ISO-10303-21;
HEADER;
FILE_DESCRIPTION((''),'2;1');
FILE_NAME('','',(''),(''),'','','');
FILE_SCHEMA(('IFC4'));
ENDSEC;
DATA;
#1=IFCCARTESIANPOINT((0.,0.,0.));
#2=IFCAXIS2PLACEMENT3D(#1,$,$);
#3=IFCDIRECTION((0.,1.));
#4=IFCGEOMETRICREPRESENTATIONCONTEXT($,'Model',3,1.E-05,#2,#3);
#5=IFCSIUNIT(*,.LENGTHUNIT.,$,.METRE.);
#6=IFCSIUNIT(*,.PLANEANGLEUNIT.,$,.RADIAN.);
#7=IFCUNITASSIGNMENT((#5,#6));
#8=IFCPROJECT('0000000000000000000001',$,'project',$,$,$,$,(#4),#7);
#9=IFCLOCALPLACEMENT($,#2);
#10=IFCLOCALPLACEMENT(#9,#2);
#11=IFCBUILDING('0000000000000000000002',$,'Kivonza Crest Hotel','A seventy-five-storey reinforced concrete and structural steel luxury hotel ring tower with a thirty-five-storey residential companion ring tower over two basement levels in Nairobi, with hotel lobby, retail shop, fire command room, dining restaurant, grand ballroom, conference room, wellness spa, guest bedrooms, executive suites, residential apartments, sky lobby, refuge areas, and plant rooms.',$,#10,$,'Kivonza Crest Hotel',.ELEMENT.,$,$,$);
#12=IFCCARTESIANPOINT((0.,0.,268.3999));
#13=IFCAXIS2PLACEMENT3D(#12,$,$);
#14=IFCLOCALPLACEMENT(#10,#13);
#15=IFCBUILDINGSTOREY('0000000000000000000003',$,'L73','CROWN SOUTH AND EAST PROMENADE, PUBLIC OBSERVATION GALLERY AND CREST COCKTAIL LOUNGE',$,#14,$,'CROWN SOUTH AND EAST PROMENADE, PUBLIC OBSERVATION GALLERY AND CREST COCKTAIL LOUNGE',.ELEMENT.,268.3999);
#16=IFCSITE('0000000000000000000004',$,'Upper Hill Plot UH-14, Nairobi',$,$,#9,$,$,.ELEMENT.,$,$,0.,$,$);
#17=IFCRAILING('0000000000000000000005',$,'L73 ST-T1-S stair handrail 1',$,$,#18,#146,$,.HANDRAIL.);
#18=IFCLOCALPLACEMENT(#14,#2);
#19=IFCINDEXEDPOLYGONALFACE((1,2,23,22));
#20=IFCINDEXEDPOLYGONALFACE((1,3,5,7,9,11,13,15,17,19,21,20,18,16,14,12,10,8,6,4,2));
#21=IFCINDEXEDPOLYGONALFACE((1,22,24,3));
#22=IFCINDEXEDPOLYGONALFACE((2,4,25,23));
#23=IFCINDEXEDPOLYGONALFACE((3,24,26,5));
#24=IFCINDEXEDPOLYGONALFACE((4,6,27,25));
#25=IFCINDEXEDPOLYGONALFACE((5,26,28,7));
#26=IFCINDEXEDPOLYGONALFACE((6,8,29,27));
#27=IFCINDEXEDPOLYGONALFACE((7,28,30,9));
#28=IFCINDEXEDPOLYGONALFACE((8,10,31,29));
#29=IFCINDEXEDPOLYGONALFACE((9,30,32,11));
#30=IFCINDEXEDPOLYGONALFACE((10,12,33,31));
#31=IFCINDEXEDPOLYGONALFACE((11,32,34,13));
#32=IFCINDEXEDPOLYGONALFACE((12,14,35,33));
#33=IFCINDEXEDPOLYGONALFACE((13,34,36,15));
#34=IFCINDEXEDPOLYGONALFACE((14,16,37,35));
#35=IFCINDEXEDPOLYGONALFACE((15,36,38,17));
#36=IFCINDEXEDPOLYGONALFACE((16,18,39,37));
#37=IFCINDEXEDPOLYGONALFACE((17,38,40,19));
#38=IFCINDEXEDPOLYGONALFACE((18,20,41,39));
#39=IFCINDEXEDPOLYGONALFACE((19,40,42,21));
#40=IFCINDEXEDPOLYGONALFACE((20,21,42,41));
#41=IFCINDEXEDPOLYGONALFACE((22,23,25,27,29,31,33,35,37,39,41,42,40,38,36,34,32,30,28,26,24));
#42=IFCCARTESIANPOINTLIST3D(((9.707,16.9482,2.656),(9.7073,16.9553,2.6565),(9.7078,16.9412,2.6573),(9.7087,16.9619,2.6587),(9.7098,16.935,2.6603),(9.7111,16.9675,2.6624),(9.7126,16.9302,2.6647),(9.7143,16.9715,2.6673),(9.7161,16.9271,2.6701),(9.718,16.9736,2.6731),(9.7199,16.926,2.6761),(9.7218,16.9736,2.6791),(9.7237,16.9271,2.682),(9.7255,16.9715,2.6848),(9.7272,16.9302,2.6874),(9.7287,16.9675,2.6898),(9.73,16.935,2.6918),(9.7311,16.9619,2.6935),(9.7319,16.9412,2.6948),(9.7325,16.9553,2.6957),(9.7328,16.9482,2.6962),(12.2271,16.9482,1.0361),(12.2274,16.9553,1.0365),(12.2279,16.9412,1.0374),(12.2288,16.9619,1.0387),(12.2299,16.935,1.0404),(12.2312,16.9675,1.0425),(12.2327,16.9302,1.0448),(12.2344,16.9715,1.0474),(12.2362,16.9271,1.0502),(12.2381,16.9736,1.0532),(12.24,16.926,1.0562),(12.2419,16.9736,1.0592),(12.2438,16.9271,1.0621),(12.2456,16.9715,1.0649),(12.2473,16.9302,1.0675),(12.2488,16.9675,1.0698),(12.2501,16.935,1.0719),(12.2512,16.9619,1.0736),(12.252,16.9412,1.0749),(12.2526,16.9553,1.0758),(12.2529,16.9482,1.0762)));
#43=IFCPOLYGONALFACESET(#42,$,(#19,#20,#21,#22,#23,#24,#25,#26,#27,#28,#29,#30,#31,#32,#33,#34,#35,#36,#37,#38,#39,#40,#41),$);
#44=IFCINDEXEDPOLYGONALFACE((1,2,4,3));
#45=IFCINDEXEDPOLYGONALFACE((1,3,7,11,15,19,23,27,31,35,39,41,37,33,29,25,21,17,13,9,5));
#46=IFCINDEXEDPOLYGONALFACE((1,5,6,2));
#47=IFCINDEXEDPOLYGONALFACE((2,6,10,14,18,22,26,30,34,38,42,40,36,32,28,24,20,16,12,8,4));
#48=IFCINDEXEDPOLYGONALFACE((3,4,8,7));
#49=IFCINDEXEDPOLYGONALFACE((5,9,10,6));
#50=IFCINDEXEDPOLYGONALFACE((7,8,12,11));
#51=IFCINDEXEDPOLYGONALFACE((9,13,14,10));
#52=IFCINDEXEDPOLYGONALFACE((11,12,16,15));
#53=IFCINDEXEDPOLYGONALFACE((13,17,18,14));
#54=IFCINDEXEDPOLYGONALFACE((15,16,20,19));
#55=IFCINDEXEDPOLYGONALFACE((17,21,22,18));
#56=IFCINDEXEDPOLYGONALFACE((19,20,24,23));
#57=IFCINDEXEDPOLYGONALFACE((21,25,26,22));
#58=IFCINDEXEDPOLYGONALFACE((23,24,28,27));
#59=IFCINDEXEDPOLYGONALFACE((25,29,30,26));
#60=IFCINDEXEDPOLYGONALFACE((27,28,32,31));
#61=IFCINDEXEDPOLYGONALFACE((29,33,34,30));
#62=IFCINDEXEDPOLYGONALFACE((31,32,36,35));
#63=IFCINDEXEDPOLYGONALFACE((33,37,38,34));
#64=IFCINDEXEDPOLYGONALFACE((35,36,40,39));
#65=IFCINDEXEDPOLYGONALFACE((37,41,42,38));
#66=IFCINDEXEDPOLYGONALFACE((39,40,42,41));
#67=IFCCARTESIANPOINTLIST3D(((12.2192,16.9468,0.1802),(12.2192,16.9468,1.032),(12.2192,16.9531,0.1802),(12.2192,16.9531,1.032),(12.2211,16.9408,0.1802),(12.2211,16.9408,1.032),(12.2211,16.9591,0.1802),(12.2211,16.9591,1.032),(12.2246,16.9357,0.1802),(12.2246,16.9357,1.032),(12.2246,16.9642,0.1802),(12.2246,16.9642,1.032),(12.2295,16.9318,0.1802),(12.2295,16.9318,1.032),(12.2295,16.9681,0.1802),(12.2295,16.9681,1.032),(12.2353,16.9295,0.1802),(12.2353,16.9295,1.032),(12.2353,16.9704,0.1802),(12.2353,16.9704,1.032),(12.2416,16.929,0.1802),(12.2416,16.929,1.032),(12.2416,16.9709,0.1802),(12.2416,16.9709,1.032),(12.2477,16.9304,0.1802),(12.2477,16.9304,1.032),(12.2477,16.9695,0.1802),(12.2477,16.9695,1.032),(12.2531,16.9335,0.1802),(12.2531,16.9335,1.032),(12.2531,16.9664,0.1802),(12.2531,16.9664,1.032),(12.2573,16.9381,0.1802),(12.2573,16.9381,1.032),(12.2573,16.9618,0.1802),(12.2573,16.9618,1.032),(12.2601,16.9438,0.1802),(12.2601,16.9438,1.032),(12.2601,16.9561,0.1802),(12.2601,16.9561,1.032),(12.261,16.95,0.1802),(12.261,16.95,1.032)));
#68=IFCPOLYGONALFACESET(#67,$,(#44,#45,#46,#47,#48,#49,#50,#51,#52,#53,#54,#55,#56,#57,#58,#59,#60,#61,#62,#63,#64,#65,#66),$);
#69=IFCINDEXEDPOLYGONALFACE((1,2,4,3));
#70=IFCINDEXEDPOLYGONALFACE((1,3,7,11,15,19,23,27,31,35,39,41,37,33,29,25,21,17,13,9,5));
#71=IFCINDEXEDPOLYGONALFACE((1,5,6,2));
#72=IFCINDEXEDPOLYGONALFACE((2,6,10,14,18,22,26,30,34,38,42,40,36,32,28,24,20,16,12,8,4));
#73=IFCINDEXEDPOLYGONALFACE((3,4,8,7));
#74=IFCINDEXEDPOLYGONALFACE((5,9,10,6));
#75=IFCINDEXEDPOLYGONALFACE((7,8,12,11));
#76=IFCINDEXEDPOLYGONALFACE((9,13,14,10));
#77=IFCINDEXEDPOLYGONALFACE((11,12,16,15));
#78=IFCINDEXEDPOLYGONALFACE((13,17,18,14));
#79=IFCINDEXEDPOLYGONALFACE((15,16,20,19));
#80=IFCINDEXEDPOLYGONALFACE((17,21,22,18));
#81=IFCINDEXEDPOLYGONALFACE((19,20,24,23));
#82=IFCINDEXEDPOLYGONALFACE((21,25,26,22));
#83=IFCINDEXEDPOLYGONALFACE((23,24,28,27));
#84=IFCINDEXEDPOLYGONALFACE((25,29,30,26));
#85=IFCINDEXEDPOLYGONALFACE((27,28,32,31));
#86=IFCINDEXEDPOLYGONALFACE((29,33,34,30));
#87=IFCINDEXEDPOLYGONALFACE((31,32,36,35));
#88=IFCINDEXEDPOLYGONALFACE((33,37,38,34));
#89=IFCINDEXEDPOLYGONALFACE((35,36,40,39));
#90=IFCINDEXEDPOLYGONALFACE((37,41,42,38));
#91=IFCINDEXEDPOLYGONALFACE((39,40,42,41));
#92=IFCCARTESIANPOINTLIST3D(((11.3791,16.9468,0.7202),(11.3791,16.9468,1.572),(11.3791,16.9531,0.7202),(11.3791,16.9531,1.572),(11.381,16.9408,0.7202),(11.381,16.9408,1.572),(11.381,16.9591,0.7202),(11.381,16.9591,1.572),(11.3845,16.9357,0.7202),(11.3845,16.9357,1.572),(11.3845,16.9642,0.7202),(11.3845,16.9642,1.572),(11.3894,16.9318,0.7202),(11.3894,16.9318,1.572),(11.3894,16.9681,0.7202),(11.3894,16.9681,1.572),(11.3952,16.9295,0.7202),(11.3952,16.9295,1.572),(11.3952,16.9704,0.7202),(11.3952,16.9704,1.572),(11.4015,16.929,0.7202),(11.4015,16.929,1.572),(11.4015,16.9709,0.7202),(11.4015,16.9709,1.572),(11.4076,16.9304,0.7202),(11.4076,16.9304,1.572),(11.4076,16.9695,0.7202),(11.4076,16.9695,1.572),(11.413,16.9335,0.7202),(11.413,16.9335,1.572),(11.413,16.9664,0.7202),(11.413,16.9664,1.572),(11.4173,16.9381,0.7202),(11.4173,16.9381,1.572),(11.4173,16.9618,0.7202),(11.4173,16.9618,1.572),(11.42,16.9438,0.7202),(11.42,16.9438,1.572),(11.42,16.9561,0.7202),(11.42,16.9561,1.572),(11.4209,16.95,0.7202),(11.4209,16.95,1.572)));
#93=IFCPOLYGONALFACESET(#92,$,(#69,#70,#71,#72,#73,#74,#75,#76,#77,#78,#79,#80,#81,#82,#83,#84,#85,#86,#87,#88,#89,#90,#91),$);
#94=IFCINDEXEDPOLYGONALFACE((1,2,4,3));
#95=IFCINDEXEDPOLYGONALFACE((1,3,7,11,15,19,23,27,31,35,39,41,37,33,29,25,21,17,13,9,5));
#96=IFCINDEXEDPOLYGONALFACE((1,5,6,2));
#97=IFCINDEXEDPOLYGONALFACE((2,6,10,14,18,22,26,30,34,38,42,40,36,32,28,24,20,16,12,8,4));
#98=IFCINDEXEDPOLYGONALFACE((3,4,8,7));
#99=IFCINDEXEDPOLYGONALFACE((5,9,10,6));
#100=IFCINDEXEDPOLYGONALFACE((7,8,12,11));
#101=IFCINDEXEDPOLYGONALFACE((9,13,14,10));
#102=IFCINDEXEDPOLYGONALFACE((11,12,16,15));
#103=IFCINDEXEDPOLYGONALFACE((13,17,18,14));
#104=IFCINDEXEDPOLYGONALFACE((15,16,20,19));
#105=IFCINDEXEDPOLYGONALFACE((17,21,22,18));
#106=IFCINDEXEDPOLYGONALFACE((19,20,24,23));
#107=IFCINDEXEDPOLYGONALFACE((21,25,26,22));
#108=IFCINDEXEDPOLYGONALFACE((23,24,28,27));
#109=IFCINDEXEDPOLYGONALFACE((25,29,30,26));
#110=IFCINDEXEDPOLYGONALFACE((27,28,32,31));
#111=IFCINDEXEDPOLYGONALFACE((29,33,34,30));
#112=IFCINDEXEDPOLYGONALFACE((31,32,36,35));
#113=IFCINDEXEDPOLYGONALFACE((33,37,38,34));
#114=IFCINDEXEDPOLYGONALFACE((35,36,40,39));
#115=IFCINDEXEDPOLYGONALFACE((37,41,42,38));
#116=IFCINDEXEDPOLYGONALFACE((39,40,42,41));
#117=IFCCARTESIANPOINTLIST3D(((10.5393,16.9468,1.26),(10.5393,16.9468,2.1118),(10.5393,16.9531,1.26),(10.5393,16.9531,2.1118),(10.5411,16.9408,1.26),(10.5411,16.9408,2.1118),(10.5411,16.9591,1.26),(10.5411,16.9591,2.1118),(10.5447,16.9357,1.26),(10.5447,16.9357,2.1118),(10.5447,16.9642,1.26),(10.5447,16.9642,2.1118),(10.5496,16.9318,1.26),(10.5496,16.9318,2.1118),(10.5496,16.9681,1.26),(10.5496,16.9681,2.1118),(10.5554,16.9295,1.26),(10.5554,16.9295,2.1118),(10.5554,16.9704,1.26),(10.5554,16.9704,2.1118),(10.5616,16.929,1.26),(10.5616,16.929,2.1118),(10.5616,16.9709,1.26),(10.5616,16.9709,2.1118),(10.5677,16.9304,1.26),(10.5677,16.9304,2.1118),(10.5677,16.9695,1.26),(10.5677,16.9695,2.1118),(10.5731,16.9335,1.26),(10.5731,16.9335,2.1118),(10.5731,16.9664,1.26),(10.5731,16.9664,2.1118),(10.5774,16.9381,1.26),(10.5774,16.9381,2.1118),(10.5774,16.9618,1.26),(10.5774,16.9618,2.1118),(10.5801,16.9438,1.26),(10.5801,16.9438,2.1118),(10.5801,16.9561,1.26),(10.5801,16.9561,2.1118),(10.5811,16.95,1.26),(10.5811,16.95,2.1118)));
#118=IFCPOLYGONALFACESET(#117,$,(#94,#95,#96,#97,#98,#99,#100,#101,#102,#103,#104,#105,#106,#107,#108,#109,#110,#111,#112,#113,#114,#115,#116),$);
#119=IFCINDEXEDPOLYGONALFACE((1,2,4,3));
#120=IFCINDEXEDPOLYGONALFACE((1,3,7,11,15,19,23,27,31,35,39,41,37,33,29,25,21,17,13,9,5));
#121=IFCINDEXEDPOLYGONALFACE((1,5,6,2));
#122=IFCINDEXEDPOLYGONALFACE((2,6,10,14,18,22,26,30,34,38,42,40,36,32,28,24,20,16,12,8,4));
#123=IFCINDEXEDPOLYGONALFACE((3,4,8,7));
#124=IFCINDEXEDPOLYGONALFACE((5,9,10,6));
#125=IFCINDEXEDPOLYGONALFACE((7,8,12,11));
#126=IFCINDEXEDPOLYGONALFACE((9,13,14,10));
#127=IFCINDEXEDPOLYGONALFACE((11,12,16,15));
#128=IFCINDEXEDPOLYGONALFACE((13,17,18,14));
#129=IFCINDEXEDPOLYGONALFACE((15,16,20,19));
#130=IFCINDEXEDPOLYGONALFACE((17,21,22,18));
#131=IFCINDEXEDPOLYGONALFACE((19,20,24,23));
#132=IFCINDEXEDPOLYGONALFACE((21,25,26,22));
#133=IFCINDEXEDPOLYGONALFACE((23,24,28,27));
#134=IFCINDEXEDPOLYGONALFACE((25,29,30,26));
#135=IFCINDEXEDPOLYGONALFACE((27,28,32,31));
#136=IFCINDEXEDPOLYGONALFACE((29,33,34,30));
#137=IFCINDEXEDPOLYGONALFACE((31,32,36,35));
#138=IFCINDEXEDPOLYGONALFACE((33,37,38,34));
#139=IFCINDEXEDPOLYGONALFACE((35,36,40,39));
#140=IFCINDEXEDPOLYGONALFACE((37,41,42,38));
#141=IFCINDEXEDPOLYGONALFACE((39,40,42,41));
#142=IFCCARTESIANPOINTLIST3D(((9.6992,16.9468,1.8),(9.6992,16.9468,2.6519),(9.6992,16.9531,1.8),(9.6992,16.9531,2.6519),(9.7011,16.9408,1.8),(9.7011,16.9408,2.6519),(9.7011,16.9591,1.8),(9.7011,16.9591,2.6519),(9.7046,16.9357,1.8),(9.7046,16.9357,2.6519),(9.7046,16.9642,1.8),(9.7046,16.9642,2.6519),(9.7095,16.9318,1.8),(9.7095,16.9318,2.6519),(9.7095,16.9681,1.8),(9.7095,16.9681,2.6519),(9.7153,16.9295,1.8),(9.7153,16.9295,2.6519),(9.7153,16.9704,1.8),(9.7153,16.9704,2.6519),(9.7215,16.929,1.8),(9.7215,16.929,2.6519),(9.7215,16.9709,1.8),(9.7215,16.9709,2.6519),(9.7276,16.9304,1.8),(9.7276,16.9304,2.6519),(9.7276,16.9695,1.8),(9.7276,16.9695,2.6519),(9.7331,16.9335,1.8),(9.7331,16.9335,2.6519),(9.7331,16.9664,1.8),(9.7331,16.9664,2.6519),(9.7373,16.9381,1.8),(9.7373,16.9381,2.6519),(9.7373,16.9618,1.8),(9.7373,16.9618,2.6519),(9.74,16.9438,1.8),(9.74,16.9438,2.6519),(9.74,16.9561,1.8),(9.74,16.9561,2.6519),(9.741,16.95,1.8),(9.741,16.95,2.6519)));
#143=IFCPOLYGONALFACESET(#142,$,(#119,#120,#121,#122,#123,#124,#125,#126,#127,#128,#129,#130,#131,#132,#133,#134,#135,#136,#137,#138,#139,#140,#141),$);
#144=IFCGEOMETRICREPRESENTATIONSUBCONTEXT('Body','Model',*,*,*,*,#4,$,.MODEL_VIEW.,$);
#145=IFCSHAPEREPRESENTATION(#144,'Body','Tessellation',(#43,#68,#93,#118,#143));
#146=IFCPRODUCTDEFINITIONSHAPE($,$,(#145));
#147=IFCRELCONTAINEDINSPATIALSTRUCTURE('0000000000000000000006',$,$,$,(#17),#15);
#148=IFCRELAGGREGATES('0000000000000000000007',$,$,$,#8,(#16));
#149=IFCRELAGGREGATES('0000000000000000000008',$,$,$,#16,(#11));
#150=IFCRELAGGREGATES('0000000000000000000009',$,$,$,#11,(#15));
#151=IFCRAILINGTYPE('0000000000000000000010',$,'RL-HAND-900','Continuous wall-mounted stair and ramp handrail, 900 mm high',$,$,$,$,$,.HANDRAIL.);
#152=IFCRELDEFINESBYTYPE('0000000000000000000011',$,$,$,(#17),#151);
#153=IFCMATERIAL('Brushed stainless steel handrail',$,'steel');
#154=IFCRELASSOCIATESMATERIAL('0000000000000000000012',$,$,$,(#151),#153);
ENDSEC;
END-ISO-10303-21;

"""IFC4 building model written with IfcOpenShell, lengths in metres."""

from ifc_helpers import new_model, si_unit, direction, frame, origin, origin_2d, place, context, subcontext, project, spatial, circle, extrude, material, type_object, element, save


model = new_model("IFC4")

# Units and contexts
model_context = context("Model", 3, precision=1e-05, world=origin(), true_north=direction((0.0, 1.0)))
body_context = subcontext(model_context, "Body", "Model", "MODEL_VIEW")
ifc_project = project(units=[si_unit("LENGTHUNIT", "METRE"), si_unit("PLANEANGLEUNIT", "RADIAN")], contexts=[model_context])

# Site, building, storey
site_placement = place(None, origin())
site = spatial("IfcSite", under=ifc_project, at=site_placement, Name="Upper Hill Plot UH-14, Nairobi", CompositionType="ELEMENT", RefElevation=0.0)
building_placement = place(site_placement, origin())
building = spatial("IfcBuilding", under=site, at=building_placement, Name="Kivonza Crest Hotel", Description="A seventy-five-storey reinforced concrete and structural steel luxury hotel ring tower with a thirty-five-storey residential companion ring tower over two basement levels in Nairobi, with hotel lobby, retail shop, fire command room, dining restaurant, grand ballroom, conference room, wellness spa, guest bedrooms, executive suites, residential apartments, sky lobby, refuge areas, and plant rooms.", LongName="Kivonza Crest Hotel", CompositionType="ELEMENT")
storey_placement = place(building_placement, frame((0.0, 0.0, 268.3999)))
storey = spatial("IfcBuildingStorey", under=building, at=storey_placement, Name="L73", Description="CROWN SOUTH AND EAST PROMENADE, PUBLIC OBSERVATION GALLERY AND CREST COCKTAIL LOUNGE", LongName="CROWN SOUTH AND EAST PROMENADE, PUBLIC OBSERVATION GALLERY AND CREST COCKTAIL LOUNGE", CompositionType="ELEMENT", Elevation=268.3999)

# Railing
ifc_material_1 = material(Name="Brushed stainless steel handrail", Category="steel")
railing_type_1 = type_object("IfcRailingType", Name="RL-HAND-900", Description="Continuous wall-mounted stair and ramp handrail, 900 mm high", PredefinedType="HANDRAIL", material=ifc_material_1)
railing_1_placement = place(storey_placement, frame((12.24, 16.95, 0.1802)))
element("IfcRailing", 1, at=railing_1_placement, inside=storey, type_object=railing_type_1, Name="L73 ST-T1-S stair handrail 1", PredefinedType="HANDRAIL", context=body_context, shape_type="SweptSolid", body=[
    extrude(circle(Radius=0.0239, at=origin_2d()), frame((0.0, 0.0, 0.876), z_axis=(-0.8412, 0.0, 0.540725), x_axis=(0.0, -1.0, 0.0)), (0.0, 0.0, 1.0), 2.9958),
    extrude(circle(Radius=0.021, at=origin_2d()), origin(), (0.0, 0.0, 1.0), 0.8518),
    extrude(circle(Radius=0.021, at=origin_2d()), frame((-0.8401, 0.0, 0.54)), (0.0, 0.0, 1.0), 0.8518),
    extrude(circle(Radius=0.021, at=origin_2d()), frame((-1.6799, 0.0, 1.0798)), (0.0, 0.0, 1.0), 0.8518),
    extrude(circle(Radius=0.021, at=origin_2d()), frame((-2.52, 0.0, 1.6199)), (0.0, 0.0, 1.0), 0.8518),
])

save(model, "model.ifc")
